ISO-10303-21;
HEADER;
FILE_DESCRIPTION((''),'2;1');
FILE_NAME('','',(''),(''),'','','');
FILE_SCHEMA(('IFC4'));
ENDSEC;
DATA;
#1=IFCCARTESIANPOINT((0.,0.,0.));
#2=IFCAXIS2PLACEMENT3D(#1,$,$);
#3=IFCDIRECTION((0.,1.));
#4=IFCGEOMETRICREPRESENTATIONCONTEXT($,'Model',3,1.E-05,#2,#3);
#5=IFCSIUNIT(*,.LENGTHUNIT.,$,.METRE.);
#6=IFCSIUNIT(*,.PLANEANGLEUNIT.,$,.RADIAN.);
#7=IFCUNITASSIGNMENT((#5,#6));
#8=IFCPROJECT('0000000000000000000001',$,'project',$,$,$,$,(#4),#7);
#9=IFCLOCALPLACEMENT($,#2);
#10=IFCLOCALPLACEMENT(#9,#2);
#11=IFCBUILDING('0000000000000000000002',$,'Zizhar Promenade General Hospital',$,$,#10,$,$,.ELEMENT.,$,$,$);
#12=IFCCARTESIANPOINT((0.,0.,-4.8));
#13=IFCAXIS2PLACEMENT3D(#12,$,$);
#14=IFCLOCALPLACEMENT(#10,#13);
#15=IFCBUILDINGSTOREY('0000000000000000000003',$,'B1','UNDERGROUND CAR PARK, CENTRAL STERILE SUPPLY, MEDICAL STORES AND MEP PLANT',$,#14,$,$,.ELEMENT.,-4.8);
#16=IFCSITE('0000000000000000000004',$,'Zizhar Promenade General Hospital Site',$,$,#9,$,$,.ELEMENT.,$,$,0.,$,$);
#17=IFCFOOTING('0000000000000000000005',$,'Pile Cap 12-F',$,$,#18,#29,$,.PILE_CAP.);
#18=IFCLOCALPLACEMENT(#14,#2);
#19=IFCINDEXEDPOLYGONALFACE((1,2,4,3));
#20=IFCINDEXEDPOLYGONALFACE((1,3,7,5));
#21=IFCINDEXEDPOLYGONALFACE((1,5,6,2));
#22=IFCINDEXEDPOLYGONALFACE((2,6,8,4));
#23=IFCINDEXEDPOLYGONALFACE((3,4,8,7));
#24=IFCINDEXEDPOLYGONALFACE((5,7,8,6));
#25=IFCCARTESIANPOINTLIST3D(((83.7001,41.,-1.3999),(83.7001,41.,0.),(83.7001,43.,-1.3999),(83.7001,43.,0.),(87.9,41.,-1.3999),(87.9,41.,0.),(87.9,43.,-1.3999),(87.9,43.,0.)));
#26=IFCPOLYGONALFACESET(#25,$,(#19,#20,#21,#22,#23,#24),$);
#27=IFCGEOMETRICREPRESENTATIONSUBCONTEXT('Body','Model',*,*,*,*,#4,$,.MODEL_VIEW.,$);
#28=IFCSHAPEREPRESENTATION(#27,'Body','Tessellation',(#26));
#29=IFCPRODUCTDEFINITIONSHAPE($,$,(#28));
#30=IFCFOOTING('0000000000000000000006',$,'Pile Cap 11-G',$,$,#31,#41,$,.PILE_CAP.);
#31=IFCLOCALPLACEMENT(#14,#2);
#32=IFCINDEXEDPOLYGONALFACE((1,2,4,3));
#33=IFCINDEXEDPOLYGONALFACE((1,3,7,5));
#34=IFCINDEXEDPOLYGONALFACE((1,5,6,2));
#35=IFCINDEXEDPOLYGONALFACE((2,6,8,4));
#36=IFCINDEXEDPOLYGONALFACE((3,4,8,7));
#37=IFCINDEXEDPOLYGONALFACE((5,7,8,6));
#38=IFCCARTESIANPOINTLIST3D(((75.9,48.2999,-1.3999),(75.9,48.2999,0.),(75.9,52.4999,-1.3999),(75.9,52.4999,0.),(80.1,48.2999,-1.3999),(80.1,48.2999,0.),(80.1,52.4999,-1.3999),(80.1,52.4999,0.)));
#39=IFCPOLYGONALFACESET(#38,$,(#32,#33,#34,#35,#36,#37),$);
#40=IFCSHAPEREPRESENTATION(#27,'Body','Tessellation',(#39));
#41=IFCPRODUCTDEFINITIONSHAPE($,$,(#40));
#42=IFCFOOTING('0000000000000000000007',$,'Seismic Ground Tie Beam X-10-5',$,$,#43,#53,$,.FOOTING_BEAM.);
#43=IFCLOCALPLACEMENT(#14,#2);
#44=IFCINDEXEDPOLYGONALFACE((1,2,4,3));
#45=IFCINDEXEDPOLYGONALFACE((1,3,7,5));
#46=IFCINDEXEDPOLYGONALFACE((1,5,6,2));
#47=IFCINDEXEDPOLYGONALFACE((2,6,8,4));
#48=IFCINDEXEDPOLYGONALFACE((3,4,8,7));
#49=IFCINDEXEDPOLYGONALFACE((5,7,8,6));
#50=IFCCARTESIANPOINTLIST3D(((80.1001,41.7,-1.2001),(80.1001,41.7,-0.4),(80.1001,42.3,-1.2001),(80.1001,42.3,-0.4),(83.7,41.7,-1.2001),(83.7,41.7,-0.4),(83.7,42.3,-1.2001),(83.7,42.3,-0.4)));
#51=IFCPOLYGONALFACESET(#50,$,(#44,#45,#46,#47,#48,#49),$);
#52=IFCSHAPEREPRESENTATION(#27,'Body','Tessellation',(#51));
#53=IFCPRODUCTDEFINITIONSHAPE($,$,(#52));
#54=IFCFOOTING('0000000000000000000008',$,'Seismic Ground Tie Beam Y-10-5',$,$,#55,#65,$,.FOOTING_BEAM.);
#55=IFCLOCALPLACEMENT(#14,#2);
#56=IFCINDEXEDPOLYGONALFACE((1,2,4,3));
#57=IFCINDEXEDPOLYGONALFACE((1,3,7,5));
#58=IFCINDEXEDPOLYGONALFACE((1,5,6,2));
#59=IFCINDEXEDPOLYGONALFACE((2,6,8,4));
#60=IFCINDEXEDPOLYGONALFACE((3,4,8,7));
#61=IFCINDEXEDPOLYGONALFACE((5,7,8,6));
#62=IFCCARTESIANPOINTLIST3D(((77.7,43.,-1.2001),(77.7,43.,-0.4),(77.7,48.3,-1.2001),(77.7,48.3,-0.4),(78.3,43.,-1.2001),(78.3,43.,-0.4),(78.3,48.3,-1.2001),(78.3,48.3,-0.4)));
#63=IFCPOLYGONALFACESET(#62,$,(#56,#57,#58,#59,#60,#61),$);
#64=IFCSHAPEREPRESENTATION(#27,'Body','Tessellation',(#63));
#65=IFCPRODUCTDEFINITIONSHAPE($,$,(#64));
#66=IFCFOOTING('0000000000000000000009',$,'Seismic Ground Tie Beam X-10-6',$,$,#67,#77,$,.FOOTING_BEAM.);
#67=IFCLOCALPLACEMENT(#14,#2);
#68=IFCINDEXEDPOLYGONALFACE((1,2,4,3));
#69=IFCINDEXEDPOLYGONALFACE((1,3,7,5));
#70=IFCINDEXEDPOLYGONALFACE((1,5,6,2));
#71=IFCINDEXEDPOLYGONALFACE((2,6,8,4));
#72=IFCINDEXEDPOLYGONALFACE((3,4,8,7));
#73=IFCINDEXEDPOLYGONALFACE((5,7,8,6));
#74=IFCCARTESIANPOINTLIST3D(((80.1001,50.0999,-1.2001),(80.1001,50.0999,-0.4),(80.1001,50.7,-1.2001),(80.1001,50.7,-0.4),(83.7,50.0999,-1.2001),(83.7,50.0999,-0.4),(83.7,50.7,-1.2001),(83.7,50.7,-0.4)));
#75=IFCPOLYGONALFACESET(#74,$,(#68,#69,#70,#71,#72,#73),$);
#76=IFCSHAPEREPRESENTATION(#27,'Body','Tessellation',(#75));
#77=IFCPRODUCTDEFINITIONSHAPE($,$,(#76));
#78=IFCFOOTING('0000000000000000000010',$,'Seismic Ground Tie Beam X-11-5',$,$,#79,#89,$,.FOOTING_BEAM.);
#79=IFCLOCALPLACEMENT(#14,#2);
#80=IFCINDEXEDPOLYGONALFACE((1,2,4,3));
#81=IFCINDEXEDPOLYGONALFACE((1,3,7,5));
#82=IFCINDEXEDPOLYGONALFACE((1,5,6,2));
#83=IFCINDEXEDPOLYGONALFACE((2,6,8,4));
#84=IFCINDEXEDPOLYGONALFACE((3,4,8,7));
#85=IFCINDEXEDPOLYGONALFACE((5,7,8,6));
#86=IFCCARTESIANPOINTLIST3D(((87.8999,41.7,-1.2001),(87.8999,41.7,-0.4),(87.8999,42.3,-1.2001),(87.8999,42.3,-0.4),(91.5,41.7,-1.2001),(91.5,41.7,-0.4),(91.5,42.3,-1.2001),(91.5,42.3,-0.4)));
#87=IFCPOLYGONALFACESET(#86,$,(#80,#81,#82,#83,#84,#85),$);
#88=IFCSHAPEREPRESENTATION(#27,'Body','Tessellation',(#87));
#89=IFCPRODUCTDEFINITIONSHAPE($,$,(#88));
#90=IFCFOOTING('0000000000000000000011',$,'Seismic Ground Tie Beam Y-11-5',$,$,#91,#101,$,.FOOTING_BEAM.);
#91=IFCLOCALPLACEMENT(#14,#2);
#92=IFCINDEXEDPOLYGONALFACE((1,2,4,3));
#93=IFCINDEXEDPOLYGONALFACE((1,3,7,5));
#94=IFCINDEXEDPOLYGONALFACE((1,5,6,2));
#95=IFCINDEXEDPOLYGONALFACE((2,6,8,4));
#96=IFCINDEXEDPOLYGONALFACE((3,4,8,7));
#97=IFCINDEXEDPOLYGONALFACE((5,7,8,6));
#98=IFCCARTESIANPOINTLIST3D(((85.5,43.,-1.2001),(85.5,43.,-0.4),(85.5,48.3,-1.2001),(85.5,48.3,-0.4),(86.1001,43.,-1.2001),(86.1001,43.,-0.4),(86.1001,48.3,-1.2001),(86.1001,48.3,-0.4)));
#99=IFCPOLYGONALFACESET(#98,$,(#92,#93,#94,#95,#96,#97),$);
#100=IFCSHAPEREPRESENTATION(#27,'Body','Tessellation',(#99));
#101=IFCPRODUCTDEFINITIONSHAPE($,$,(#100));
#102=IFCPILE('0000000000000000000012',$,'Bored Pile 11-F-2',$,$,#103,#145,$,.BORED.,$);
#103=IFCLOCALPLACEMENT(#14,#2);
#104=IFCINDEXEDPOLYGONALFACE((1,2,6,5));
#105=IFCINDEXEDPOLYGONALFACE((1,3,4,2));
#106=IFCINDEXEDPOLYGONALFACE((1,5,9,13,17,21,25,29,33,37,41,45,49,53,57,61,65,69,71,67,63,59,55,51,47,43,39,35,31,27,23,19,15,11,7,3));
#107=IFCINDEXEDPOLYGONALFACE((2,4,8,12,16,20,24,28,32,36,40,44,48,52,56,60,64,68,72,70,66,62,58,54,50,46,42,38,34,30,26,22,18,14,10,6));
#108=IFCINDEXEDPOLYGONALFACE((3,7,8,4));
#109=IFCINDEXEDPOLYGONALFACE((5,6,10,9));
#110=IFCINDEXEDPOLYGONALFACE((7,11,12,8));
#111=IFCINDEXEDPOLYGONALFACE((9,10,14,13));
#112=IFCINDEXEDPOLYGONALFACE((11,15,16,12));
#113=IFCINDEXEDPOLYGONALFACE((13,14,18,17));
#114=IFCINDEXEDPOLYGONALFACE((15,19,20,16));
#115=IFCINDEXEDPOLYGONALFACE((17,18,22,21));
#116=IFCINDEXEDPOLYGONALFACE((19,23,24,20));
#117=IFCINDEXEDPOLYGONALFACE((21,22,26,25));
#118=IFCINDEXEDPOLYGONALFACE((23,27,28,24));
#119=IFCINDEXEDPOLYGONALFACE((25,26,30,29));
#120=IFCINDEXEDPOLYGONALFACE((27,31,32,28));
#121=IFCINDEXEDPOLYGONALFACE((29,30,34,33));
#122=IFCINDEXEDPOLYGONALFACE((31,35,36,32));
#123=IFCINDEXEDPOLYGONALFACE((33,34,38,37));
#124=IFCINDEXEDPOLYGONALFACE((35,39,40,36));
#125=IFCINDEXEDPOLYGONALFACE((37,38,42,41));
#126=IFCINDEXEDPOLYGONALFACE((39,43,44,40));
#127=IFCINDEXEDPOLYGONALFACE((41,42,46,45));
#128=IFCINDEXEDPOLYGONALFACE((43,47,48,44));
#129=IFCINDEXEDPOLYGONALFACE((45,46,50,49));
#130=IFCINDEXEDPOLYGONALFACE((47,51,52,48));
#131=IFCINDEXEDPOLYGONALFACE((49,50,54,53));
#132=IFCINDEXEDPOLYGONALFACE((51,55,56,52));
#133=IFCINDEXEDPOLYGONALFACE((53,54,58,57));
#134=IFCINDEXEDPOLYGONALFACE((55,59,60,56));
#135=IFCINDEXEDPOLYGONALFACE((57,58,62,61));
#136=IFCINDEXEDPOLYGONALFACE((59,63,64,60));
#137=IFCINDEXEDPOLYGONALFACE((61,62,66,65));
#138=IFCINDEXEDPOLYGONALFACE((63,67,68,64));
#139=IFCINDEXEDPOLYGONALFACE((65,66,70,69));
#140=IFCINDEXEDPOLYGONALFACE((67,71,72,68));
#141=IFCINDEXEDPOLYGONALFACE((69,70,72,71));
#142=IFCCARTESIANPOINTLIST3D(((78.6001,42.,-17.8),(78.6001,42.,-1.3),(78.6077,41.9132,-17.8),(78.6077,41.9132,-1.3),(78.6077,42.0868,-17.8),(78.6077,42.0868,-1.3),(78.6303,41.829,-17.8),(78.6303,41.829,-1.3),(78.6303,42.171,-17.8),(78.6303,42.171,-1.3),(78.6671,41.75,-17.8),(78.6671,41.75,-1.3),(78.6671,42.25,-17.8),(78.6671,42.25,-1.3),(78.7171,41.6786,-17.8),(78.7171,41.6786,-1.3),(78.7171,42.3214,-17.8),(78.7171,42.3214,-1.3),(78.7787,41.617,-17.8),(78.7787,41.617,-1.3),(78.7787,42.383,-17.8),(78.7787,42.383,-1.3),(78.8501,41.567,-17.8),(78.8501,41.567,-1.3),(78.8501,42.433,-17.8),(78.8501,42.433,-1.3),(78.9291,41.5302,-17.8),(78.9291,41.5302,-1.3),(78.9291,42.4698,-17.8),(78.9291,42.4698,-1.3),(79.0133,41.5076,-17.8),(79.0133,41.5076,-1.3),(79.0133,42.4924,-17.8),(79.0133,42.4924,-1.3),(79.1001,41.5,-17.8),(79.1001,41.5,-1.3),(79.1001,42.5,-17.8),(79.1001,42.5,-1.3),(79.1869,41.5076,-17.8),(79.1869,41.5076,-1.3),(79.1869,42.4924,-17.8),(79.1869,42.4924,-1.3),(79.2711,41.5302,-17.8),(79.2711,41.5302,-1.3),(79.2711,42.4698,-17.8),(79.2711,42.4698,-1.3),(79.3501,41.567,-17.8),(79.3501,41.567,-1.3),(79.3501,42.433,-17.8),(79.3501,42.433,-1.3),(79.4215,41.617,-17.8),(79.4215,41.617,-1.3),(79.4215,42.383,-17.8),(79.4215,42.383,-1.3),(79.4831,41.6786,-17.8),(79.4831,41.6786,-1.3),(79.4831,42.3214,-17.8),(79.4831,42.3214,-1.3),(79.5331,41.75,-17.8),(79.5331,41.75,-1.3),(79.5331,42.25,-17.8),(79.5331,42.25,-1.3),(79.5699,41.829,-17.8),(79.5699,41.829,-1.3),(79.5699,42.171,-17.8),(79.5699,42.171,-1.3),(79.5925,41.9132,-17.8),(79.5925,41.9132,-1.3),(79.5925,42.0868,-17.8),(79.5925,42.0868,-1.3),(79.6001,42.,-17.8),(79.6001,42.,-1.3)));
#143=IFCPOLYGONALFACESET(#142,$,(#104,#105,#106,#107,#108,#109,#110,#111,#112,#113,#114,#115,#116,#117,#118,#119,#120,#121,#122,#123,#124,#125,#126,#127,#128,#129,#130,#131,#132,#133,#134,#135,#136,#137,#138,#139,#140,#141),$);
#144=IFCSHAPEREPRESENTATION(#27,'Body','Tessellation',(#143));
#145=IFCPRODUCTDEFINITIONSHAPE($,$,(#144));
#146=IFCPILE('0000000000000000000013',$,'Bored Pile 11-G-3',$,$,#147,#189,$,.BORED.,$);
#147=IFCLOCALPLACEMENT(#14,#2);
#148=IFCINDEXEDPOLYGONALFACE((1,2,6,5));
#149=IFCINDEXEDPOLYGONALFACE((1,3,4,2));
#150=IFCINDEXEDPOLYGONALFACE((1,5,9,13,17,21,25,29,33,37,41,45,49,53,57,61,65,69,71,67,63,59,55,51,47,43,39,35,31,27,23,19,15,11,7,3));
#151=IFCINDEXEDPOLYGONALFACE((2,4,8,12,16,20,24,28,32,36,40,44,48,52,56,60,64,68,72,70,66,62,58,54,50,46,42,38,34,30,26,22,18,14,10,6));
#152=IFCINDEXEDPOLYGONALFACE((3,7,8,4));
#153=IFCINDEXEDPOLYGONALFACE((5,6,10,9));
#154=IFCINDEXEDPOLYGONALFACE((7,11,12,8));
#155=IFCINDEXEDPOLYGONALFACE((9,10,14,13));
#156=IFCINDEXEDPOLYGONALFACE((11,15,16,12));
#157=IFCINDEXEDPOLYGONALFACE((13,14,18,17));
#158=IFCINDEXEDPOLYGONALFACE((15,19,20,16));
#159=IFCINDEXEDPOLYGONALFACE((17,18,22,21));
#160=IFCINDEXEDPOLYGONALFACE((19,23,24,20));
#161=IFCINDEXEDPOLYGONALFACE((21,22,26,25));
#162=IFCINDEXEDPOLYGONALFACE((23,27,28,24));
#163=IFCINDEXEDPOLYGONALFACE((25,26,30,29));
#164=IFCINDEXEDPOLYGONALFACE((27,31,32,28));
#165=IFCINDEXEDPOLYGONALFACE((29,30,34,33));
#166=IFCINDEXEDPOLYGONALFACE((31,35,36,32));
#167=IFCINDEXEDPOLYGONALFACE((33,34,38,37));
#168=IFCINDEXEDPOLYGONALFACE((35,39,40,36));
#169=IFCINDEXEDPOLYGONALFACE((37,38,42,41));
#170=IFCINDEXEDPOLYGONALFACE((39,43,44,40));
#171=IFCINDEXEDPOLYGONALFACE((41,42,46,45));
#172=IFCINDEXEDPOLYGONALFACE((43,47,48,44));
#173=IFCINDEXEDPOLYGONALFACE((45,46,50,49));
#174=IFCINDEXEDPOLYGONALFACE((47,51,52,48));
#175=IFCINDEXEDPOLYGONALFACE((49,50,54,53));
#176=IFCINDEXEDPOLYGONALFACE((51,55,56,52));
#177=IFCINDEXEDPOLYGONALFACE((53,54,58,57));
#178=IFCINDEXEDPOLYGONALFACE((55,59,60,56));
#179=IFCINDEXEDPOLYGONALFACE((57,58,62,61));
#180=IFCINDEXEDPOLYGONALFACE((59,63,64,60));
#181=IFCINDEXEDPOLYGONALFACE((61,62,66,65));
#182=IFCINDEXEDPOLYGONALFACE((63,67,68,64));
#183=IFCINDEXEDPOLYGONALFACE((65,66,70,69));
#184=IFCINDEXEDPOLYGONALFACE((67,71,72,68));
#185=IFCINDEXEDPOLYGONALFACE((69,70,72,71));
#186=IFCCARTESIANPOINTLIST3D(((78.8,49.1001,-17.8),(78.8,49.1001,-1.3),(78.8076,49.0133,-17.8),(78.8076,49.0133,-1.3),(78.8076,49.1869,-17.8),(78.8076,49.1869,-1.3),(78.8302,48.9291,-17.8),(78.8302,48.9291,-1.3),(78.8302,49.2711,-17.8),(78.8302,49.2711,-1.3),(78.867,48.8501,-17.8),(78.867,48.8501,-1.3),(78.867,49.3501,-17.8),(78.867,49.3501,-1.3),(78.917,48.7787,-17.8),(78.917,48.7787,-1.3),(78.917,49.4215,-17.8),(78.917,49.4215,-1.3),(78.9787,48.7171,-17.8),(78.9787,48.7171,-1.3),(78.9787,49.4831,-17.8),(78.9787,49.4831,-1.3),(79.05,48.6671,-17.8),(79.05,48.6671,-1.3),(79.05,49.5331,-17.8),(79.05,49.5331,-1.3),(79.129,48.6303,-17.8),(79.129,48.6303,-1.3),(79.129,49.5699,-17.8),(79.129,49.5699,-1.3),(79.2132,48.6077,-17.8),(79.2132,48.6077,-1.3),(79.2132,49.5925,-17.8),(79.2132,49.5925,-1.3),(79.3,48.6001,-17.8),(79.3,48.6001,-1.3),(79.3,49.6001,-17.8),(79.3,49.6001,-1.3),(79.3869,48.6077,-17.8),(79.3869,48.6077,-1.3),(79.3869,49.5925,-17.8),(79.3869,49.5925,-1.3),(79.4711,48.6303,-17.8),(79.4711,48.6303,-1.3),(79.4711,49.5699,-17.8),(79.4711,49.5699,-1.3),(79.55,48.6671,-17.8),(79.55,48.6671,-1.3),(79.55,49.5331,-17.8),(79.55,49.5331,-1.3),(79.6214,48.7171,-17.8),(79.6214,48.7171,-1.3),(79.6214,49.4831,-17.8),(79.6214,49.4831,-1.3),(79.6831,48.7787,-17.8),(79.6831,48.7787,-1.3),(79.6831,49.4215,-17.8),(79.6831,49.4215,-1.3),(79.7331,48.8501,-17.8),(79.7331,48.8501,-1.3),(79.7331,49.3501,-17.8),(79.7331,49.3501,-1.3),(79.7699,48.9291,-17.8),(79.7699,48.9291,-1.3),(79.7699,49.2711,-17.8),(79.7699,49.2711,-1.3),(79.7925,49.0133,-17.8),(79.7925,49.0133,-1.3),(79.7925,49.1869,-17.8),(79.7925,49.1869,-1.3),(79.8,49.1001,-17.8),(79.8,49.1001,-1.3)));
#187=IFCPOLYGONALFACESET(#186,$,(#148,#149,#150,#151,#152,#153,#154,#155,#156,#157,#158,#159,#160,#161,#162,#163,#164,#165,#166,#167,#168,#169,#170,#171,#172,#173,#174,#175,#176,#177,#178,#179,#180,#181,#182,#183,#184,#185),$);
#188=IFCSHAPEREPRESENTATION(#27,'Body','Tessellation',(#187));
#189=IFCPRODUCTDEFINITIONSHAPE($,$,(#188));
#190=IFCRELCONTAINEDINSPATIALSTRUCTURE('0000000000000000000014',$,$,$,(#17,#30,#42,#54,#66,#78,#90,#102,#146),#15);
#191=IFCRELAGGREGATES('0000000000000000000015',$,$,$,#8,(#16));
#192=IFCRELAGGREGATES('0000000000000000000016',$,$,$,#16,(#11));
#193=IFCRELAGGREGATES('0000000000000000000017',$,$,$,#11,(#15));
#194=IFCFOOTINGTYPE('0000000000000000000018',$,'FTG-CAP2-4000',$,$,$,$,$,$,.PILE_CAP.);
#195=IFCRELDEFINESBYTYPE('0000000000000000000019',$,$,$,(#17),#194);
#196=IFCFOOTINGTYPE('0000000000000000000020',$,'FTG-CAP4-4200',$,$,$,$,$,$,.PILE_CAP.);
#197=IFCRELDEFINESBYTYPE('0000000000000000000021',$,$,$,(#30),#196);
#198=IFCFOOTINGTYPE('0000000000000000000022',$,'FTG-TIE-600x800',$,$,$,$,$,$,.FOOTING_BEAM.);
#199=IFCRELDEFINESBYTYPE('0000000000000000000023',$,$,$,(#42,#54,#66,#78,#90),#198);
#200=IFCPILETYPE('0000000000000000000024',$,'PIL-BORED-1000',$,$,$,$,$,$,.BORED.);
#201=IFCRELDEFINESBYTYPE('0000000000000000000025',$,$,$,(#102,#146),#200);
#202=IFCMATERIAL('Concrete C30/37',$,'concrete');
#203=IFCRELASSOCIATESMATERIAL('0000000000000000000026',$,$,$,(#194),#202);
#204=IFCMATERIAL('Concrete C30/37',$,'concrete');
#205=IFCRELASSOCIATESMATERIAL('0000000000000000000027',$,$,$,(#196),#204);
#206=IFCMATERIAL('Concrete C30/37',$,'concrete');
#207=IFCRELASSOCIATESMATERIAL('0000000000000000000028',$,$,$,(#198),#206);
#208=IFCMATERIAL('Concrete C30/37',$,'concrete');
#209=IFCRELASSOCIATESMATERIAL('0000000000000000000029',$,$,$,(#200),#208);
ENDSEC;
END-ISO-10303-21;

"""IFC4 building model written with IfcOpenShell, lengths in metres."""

from ifc_helpers import new_model, si_unit, direction, frame, origin, origin_2d, place, context, subcontext, project, spatial, rectangle, circle, extrude, material, material_profile, profile_set, type_object, element, save


model = new_model("IFC4")

# Units and contexts
model_context = context("Model", 3, precision=1e-05, world=origin(), true_north=direction((0.0, 1.0)))
body_context = subcontext(model_context, "Body", "Model", "MODEL_VIEW")
ifc_project = project(units=[si_unit("LENGTHUNIT", "METRE"), si_unit("PLANEANGLEUNIT", "RADIAN")], contexts=[model_context])

# Site, building, storey
site_placement = place(None, origin())
site = spatial("IfcSite", under=ifc_project, at=site_placement, Name="Zizhar Promenade General Hospital Site", CompositionType="ELEMENT", RefElevation=0.0)
building_placement = place(site_placement, origin())
building = spatial("IfcBuilding", under=site, at=building_placement, Name="Zizhar Promenade General Hospital", CompositionType="ELEMENT")
storey_placement = place(building_placement, frame((0.0, 0.0, -4.8)))
storey = spatial("IfcBuildingStorey", under=building, at=storey_placement, Name="B1", Description="UNDERGROUND CAR PARK, CENTRAL STERILE SUPPLY, MEDICAL STORES AND MEP PLANT", CompositionType="ELEMENT", Elevation=-4.8)

# Footings
ifc_material_1 = material(Name="Concrete C30/37", Category="concrete")
footing_type_1 = type_object("IfcFootingType", Name="FTG-CAP2-4000", PredefinedType="PILE_CAP", material=ifc_material_1)
footing_1_placement = place(storey_placement, frame((85.8, 42.0, -1.3999), z_axis=(0.0, 0.0, 1.0), x_axis=(1.0, 0.0, 0.0)))
element("IfcFooting", 1, at=footing_1_placement, inside=storey, type_object=footing_type_1, Name="Pile Cap 12-F", PredefinedType="PILE_CAP", context=body_context, shape_type="SweptSolid", body=[
    extrude(rectangle(XDim=4.2, YDim=2.0, at=origin_2d()), origin(), (0.0, 0.0, 1.0), 1.3999),
])
ifc_material_2 = material(Name="Concrete C30/37", Category="concrete")
footing_type_2 = type_object("IfcFootingType", Name="FTG-CAP4-4200", PredefinedType="PILE_CAP", material=ifc_material_2)
footing_2_placement = place(storey_placement, frame((78.0, 50.3999, -1.3999), z_axis=(0.0, 0.0, 1.0), x_axis=(1.0, 0.0, 0.0)))
element("IfcFooting", 2, at=footing_2_placement, inside=storey, type_object=footing_type_2, Name="Pile Cap 11-G", PredefinedType="PILE_CAP", context=body_context, shape_type="SweptSolid", body=[
    extrude(rectangle(XDim=4.2, YDim=4.2, at=origin_2d()), origin(), (0.0, 0.0, 1.0), 1.3999),
])
ifc_material_3 = material(Name="Concrete C30/37", Category="concrete")
ifc_material_profile_1 = material_profile(ifc_material_3, rectangle(XDim=0.6001, YDim=0.8, at=origin_2d()))
ifc_profile_set_1 = profile_set([ifc_material_profile_1], Name="Concrete C30/37")
footing_type_3 = type_object("IfcFootingType", Name="FTG-TIE-600x800", PredefinedType="FOOTING_BEAM", material=ifc_profile_set_1)
footing_3_placement = place(storey_placement, frame((80.1001, 42.0, -0.8), z_axis=(1.0, 0.0, 0.0), x_axis=(0.0, 1.0, 0.0)))
element("IfcFooting", 3, at=footing_3_placement, inside=storey, type_object=footing_type_3, Name="Seismic Ground Tie Beam X-10-5", PredefinedType="FOOTING_BEAM", context=body_context, shape_type="SweptSolid", body=[
    extrude(rectangle(XDim=0.6001, YDim=0.8, at=origin_2d()), origin(), (0.0, 0.0, 1.0), 3.5999),
])
footing_4_placement = place(storey_placement, frame((78.0, 43.0, -0.8), z_axis=(0.0, 1.0, 0.0), x_axis=(-1.0, 0.0, 0.0)))
element("IfcFooting", 4, at=footing_4_placement, inside=storey, type_object=footing_type_3, Name="Seismic Ground Tie Beam Y-10-5", PredefinedType="FOOTING_BEAM", context=body_context, shape_type="SweptSolid", body=[
    extrude(rectangle(XDim=0.6001, YDim=0.8, at=origin_2d()), origin(), (0.0, 0.0, 1.0), 5.3),
])
footing_5_placement = place(storey_placement, frame((80.1001, 50.3999, -0.8), z_axis=(1.0, 0.0, 0.0), x_axis=(0.0, 1.0, 0.0)))
element("IfcFooting", 5, at=footing_5_placement, inside=storey, type_object=footing_type_3, Name="Seismic Ground Tie Beam X-10-6", PredefinedType="FOOTING_BEAM", context=body_context, shape_type="SweptSolid", body=[
    extrude(rectangle(XDim=0.6001, YDim=0.8, at=origin_2d()), origin(), (0.0, 0.0, 1.0), 3.5999),
])
footing_6_placement = place(storey_placement, frame((87.8999, 42.0, -0.8), z_axis=(1.0, 0.0, 0.0), x_axis=(0.0, 1.0, 0.0)))
element("IfcFooting", 6, at=footing_6_placement, inside=storey, type_object=footing_type_3, Name="Seismic Ground Tie Beam X-11-5", PredefinedType="FOOTING_BEAM", context=body_context, shape_type="SweptSolid", body=[
    extrude(rectangle(XDim=0.6001, YDim=0.8, at=origin_2d()), origin(), (0.0, 0.0, 1.0), 3.6001),
])
footing_7_placement = place(storey_placement, frame((85.8, 43.0, -0.8), z_axis=(0.0, 1.0, 0.0), x_axis=(-1.0, 0.0, 0.0)))
element("IfcFooting", 7, at=footing_7_placement, inside=storey, type_object=footing_type_3, Name="Seismic Ground Tie Beam Y-11-5", PredefinedType="FOOTING_BEAM", context=body_context, shape_type="SweptSolid", body=[
    extrude(rectangle(XDim=0.6001, YDim=0.8, at=origin_2d()), origin(), (0.0, 0.0, 1.0), 5.3),
])

# Piles
ifc_material_4 = material(Name="Concrete C30/37", Category="concrete")
ifc_material_profile_2 = material_profile(ifc_material_4, circle(Radius=0.5, at=origin_2d()))
ifc_profile_set_2 = profile_set([ifc_material_profile_2], Name="Concrete C30/37")
pile_type = type_object("IfcPileType", Name="PIL-BORED-1000", PredefinedType="BORED", material=ifc_profile_set_2)
for number, where, z_axis, x_axis, name in (
    (8, (79.1001, 42.0, -1.3), (0.0, 0.0, -1.0), (1.0, 0.0, 0.0), "Bored Pile 11-F-2"),
    (9, (79.3, 49.1001, -1.3), (0.0, 0.0, -1.0), (1.0, 0.0, 0.0), "Bored Pile 11-G-3"),
):
    element("IfcPile", number, at=place(storey_placement, frame(where, z_axis=z_axis, x_axis=x_axis)), inside=storey, type_object=pile_type, Name=name, PredefinedType="BORED", context=body_context, shape_type="SweptSolid", body=[
        extrude(circle(Radius=0.5, at=origin_2d()), origin(), (0.0, 0.0, 1.0), 16.5),
    ])

save(model, "model.ifc")
